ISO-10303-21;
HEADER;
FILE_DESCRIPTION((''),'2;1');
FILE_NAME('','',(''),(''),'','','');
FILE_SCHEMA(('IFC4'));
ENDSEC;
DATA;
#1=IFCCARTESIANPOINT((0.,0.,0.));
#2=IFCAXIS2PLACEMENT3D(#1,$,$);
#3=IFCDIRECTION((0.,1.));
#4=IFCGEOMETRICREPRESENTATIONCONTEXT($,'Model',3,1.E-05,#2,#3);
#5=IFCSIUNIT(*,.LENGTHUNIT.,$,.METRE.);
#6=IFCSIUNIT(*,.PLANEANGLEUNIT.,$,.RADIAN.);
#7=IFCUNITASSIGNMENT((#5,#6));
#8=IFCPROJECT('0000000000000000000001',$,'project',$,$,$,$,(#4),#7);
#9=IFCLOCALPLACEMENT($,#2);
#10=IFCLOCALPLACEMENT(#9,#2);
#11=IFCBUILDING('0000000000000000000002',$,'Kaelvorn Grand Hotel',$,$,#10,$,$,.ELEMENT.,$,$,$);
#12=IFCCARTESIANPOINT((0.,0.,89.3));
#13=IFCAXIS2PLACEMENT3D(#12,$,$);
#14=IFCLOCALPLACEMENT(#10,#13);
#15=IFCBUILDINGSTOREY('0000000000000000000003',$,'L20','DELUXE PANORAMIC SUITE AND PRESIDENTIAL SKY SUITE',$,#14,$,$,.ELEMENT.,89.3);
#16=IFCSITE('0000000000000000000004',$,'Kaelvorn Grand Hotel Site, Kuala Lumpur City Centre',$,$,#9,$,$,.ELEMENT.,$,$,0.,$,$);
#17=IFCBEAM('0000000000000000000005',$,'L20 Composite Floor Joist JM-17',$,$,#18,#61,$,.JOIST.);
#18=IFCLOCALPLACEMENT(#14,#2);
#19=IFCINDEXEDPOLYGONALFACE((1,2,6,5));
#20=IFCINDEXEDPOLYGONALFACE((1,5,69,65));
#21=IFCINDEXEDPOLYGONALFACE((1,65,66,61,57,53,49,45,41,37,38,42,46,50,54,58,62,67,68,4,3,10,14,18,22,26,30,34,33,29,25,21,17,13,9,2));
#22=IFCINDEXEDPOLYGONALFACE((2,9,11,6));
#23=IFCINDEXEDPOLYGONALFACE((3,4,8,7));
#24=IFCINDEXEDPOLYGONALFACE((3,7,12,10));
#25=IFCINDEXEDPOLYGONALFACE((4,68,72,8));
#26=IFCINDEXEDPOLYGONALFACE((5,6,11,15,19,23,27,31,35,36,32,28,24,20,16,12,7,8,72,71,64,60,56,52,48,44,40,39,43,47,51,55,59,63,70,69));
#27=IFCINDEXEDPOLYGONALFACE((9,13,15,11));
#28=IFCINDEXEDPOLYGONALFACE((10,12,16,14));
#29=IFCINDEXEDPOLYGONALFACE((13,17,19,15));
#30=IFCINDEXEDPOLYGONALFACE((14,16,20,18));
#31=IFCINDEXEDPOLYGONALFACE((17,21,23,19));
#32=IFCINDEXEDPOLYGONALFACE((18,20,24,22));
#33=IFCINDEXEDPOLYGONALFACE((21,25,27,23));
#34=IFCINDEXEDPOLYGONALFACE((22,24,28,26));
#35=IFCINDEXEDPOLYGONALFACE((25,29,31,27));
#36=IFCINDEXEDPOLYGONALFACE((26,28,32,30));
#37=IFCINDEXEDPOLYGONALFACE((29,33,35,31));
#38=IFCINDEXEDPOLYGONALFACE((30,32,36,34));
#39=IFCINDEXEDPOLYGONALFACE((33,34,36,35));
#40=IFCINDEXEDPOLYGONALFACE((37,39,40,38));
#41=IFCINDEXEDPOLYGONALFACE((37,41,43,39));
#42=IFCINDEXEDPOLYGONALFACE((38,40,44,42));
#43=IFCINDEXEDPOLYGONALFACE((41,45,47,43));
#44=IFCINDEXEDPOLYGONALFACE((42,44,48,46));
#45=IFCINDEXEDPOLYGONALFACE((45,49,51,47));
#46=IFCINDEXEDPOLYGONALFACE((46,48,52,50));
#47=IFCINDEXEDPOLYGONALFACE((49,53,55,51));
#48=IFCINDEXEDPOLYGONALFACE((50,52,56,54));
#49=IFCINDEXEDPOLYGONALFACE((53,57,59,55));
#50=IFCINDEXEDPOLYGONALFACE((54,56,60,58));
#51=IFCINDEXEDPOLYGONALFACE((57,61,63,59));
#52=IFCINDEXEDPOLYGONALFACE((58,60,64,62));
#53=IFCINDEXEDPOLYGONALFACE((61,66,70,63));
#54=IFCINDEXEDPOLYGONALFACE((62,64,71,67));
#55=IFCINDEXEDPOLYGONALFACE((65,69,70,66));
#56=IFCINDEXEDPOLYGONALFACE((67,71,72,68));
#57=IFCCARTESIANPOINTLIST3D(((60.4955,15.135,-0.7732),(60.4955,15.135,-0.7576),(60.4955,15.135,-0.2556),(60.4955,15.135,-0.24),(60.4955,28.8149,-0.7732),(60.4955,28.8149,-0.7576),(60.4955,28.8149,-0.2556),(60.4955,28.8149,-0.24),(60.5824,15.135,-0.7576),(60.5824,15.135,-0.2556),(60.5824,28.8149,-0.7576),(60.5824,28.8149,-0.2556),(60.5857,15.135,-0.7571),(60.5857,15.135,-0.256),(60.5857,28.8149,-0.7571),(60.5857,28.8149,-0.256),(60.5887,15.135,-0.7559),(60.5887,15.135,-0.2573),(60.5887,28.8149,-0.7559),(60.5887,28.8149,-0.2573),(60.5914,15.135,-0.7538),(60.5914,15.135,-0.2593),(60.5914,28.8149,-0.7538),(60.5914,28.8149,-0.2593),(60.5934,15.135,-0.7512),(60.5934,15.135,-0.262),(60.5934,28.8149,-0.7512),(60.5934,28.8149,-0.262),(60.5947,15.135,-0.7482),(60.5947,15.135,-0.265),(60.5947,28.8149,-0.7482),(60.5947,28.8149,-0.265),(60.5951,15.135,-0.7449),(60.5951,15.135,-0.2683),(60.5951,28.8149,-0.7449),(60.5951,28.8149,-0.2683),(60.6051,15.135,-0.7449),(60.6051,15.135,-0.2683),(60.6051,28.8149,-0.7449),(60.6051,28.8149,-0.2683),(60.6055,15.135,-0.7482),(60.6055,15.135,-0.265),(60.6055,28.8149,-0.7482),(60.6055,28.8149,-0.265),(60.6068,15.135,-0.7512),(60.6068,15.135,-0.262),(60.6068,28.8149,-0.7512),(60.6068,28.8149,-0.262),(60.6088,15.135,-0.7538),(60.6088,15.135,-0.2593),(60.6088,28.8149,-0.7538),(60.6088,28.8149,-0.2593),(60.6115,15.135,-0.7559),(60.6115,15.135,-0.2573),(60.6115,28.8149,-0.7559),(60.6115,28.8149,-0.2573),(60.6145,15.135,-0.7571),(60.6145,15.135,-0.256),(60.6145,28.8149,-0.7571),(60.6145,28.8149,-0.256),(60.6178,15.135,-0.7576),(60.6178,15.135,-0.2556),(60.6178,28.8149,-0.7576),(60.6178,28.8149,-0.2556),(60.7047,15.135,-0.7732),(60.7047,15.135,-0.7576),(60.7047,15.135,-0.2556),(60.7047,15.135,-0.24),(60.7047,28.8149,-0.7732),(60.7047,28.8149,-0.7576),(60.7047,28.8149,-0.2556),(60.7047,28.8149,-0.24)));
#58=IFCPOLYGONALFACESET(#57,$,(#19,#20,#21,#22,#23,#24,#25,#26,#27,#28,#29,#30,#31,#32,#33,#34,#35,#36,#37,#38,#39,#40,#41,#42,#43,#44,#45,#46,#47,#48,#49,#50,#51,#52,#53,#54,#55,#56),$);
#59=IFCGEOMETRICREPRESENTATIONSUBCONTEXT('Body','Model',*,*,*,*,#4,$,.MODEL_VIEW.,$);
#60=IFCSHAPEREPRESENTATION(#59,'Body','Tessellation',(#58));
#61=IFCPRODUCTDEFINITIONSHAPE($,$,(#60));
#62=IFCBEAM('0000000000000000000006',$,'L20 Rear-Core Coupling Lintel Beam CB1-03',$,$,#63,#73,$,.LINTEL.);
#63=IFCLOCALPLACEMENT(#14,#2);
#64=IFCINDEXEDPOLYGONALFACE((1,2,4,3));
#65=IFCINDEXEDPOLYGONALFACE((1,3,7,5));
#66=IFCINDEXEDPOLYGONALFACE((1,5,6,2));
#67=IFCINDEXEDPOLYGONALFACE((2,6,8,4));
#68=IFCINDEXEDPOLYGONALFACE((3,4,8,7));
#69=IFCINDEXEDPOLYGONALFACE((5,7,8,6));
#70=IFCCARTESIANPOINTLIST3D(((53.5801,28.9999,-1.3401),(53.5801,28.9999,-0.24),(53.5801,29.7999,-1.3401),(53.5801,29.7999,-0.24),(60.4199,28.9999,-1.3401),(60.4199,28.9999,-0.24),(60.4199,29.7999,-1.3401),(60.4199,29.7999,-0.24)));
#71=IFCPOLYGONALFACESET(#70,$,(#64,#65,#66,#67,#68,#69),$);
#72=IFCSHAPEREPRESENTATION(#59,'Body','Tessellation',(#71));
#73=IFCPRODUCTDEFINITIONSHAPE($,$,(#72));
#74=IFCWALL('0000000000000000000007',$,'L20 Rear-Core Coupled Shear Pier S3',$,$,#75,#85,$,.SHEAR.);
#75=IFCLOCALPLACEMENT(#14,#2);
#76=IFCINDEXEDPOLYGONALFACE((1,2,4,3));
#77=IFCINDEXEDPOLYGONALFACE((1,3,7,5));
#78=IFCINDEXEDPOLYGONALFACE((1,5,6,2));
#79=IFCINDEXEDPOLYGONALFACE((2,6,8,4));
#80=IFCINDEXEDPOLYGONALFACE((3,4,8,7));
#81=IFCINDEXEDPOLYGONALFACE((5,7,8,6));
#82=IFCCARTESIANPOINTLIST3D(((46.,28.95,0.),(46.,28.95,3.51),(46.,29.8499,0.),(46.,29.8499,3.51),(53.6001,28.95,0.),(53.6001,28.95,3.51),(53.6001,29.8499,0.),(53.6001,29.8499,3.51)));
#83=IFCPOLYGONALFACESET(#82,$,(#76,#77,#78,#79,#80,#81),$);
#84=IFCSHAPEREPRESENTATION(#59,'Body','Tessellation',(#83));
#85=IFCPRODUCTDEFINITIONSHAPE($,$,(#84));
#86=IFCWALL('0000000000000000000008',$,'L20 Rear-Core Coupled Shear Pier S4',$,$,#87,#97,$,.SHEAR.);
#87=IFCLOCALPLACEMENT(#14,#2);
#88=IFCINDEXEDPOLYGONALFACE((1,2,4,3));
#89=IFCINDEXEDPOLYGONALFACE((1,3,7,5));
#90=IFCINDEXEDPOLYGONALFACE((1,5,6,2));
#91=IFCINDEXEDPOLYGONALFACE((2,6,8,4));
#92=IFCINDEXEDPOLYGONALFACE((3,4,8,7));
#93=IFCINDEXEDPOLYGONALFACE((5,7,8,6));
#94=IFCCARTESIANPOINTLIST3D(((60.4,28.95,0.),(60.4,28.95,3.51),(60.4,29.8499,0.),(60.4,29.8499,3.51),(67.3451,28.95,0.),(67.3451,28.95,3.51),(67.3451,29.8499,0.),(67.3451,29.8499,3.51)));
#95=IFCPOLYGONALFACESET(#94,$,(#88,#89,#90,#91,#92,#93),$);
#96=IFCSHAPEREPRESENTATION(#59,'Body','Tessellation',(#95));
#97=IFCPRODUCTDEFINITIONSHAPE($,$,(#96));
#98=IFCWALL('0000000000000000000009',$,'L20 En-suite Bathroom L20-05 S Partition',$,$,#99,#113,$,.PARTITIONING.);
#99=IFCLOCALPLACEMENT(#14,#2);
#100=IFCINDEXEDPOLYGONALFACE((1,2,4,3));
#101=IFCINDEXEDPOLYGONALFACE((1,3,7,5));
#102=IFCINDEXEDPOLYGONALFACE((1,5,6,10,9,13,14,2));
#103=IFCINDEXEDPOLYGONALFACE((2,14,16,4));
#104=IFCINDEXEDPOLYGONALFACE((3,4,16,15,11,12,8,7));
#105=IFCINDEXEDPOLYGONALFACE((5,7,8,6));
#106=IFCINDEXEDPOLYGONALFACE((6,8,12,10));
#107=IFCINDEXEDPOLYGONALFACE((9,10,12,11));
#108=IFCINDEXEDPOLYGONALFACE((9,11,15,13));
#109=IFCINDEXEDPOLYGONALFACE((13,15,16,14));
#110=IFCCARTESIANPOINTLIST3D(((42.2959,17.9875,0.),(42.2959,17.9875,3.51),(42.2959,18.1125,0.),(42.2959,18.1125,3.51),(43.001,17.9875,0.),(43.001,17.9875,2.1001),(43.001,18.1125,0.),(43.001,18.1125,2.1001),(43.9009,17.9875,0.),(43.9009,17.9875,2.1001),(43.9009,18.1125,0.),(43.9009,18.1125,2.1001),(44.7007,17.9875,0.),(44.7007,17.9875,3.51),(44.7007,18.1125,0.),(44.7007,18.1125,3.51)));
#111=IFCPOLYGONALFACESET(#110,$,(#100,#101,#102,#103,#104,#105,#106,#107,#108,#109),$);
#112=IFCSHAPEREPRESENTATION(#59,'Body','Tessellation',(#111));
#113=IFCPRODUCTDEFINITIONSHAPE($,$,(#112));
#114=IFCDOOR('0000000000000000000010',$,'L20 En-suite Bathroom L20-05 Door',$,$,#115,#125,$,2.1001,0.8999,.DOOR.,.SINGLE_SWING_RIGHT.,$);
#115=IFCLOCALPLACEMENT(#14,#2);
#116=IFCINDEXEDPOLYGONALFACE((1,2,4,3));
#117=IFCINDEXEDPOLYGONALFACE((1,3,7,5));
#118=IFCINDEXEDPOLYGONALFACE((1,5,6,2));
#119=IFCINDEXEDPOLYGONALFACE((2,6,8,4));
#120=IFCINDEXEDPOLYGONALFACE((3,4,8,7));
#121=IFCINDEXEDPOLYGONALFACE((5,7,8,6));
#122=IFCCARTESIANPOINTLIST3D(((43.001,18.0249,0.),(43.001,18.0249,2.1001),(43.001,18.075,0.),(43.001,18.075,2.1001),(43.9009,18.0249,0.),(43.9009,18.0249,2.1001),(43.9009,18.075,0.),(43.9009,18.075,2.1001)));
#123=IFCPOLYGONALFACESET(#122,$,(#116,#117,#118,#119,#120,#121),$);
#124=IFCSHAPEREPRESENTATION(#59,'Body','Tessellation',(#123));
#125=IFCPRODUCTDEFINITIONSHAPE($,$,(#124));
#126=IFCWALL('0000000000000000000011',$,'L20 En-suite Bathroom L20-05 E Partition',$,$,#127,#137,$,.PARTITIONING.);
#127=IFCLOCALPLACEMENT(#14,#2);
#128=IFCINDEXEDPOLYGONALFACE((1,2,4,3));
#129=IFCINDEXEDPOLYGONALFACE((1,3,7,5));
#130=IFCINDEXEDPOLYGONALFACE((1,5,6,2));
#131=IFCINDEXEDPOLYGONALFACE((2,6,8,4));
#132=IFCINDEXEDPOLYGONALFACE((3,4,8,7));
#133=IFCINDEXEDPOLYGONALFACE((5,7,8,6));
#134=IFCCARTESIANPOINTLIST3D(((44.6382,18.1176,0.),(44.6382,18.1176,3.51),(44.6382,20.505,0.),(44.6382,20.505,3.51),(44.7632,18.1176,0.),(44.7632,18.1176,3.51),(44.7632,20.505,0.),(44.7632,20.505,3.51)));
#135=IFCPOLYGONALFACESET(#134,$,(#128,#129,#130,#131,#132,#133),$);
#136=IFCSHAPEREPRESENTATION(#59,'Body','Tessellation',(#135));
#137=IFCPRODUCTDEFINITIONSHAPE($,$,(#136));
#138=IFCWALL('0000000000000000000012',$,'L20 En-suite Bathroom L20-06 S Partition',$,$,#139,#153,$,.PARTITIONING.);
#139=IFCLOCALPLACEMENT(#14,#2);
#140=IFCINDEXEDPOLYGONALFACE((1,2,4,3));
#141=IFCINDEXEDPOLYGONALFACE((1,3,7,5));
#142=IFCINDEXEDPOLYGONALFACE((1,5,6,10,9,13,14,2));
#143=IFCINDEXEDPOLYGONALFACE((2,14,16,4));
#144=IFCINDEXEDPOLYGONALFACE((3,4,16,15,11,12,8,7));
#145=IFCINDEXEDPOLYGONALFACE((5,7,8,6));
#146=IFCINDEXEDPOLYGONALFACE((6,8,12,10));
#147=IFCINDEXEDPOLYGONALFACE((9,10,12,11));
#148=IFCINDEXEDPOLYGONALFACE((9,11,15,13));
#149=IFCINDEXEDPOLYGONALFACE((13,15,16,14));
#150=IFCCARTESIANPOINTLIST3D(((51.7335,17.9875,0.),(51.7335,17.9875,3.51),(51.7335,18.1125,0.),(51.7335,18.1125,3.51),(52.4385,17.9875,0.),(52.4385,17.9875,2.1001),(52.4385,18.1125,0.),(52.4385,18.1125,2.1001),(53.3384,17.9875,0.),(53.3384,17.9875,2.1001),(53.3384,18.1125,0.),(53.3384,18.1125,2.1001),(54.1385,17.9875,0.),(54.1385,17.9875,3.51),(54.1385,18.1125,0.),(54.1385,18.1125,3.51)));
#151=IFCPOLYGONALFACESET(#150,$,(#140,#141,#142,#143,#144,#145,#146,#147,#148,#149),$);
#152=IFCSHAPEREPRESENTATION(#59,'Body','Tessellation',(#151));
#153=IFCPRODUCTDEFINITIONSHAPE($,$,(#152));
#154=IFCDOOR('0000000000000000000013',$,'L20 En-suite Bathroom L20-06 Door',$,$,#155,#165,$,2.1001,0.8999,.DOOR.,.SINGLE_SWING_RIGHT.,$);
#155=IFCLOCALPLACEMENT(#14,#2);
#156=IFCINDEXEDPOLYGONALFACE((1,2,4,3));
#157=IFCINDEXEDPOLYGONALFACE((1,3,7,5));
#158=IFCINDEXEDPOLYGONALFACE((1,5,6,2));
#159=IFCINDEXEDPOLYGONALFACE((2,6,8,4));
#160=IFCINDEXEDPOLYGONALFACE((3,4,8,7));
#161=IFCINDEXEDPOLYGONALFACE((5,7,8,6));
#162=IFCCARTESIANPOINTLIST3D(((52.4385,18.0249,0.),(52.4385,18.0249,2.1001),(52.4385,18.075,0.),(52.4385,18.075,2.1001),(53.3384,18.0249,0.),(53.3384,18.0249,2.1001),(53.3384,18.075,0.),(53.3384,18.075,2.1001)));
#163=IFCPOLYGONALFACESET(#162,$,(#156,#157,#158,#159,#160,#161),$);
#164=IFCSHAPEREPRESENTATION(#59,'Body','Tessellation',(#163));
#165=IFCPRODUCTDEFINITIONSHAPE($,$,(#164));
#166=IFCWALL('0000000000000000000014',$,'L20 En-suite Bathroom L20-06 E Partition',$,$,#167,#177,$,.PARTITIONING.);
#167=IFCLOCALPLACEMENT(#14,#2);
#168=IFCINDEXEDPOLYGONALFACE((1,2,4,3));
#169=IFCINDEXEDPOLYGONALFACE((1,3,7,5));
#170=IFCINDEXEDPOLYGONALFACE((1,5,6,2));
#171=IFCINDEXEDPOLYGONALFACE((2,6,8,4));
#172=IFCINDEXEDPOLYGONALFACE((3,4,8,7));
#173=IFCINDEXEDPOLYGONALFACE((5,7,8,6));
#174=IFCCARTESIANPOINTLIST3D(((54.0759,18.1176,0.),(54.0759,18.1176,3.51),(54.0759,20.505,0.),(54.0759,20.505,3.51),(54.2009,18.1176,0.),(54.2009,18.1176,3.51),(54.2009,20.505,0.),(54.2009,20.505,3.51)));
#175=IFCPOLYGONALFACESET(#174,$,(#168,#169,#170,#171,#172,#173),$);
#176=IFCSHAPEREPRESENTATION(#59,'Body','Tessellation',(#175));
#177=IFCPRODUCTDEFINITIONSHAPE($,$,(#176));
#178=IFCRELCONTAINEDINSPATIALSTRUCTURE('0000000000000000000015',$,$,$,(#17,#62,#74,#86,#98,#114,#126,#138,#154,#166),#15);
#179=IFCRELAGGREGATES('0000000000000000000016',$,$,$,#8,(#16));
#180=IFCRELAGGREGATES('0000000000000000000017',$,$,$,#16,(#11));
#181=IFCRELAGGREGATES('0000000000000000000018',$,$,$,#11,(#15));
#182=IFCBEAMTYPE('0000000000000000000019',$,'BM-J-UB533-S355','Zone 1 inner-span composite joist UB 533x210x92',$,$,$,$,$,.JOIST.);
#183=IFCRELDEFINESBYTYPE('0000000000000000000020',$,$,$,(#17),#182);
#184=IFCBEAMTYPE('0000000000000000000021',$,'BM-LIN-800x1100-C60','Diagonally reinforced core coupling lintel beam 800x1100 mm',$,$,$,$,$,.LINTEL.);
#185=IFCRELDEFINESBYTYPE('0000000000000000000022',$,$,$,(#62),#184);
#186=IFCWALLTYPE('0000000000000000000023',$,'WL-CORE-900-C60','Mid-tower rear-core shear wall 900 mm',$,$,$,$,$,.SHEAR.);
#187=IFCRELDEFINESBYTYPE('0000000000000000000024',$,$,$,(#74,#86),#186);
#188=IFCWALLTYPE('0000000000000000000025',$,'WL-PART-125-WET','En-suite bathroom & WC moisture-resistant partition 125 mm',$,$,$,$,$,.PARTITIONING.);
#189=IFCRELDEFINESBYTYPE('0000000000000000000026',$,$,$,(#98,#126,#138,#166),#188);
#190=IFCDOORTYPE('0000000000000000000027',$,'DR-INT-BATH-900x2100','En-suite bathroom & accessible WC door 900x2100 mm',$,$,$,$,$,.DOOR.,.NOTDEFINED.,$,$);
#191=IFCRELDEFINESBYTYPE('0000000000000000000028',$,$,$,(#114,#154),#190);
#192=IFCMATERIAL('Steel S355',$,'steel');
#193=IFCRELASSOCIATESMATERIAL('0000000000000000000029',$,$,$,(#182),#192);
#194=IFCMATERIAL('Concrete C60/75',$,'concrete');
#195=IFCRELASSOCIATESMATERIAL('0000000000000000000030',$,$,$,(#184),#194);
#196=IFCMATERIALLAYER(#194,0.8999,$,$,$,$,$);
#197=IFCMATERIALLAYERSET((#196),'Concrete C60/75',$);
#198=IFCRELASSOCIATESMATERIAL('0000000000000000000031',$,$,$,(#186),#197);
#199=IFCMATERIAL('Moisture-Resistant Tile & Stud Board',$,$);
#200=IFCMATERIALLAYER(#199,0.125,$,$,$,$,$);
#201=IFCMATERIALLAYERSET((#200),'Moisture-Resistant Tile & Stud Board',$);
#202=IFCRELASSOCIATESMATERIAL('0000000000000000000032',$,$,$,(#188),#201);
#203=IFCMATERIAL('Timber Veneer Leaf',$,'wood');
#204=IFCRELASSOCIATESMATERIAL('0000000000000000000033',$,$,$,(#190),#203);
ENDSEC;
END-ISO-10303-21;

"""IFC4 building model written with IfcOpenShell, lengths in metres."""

from ifc_helpers import new_model, si_unit, direction, frame, frame_2d, origin, origin_2d, place, context, subcontext, project, spatial, rectangle, i_section, extrude, material, layer, layer_set, material_profile, profile_set, type_object, element, fill, save


model = new_model("IFC4")

# Units and contexts
model_context = context("Model", 3, precision=1e-05, world=origin(), true_north=direction((0.0, 1.0)))
body_context = subcontext(model_context, "Body", "Model", "MODEL_VIEW")
ifc_project = project(units=[si_unit("LENGTHUNIT", "METRE"), si_unit("PLANEANGLEUNIT", "RADIAN")], contexts=[model_context])

# Site, building, storey
site_placement = place(None, origin())
site = spatial("IfcSite", under=ifc_project, at=site_placement, Name="Kaelvorn Grand Hotel Site, Kuala Lumpur City Centre", CompositionType="ELEMENT", RefElevation=0.0)
building_placement = place(site_placement, origin())
building = spatial("IfcBuilding", under=site, at=building_placement, Name="Kaelvorn Grand Hotel", CompositionType="ELEMENT")
storey_placement = place(building_placement, frame((0.0, 0.0, 89.3)))
storey = spatial("IfcBuildingStorey", under=building, at=storey_placement, Name="L20", Description="DELUXE PANORAMIC SUITE AND PRESIDENTIAL SKY SUITE", CompositionType="ELEMENT", Elevation=89.3)

# Shared definitions
ifc_material_1 = material(Name="Concrete C60/75", Category="concrete")

# Beams
ifc_material_2 = material(Name="Steel S355", Category="steel")
ifc_material_profile_1 = material_profile(ifc_material_2, i_section(OverallWidth=0.2092, OverallDepth=0.5332, WebThickness=0.01, FlangeThickness=0.0156, FilletRadius=0.0127, at=origin_2d()), Name="UB 533x210x92")
ifc_profile_set_1 = profile_set([ifc_material_profile_1], Name="Steel S355")
beam_type_1 = type_object("IfcBeamType", Name="BM-J-UB533-S355", Description="Zone 1 inner-span composite joist UB 533x210x92", PredefinedType="JOIST", material=ifc_profile_set_1)
beam_1_placement = place(storey_placement, frame((60.6001, 15.135, -0.5066), z_axis=(0.0, 1.0, 0.0), x_axis=(-1.0, 0.0, 0.0)))
element("IfcBeam", 1, at=beam_1_placement, inside=storey, type_object=beam_type_1, Name="L20 Composite Floor Joist JM-17", PredefinedType="JOIST", context=body_context, shape_type="SweptSolid", body=[
    extrude(i_section(OverallWidth=0.2092, OverallDepth=0.5332, WebThickness=0.01, FlangeThickness=0.0156, FilletRadius=0.0127, at=origin_2d()), origin(), (0.0, 0.0, 1.0), 13.6799),
])
ifc_material_profile_2 = material_profile(ifc_material_1, rectangle(XDim=0.8, YDim=1.1001, at=origin_2d()), Name="RC LINTEL 800x1100")
ifc_profile_set_2 = profile_set([ifc_material_profile_2], Name="Concrete C60/75")
beam_type_2 = type_object("IfcBeamType", Name="BM-LIN-800x1100-C60", Description="Diagonally reinforced core coupling lintel beam 800x1100 mm", PredefinedType="LINTEL", material=ifc_profile_set_2)
beam_2_placement = place(storey_placement, frame((53.5801, 29.3999, -0.79), z_axis=(1.0, 0.0, 0.0), x_axis=(0.0, 1.0, 0.0)))
element("IfcBeam", 2, at=beam_2_placement, inside=storey, type_object=beam_type_2, Name="L20 Rear-Core Coupling Lintel Beam CB1-03", PredefinedType="LINTEL", context=body_context, shape_type="SweptSolid", body=[
    extrude(rectangle(XDim=0.8, YDim=1.1001, at=origin_2d()), origin(), (0.0, 0.0, 1.0), 6.8398),
])

# Walls
ifc_layer_1 = layer(ifc_material_1, 0.8999)
ifc_layer_set_1 = layer_set([ifc_layer_1], Name="Concrete C60/75")
wall_type_1 = type_object("IfcWallType", Name="WL-CORE-900-C60", Description="Mid-tower rear-core shear wall 900 mm", PredefinedType="SHEAR", material=ifc_layer_set_1)
wall_1_placement = place(storey_placement, frame((46.0, 29.3999, 0.0), z_axis=(0.0, 0.0, 1.0), x_axis=(1.0, 0.0, 0.0)))
element("IfcWall", 3, at=wall_1_placement, inside=storey, type_object=wall_type_1, Name="L20 Rear-Core Coupled Shear Pier S3", PredefinedType="SHEAR", context=body_context, shape_type="SweptSolid", body=[
    extrude(rectangle(XDim=7.6001, YDim=0.8999, at=frame_2d((3.8, 0.0))), origin(), (0.0, 0.0, 1.0), 3.51),
])
wall_2_placement = place(storey_placement, frame((60.3999, 29.3999, 0.0), z_axis=(0.0, 0.0, 1.0), x_axis=(1.0, 0.0, 0.0)))
element("IfcWall", 4, at=wall_2_placement, inside=storey, type_object=wall_type_1, Name="L20 Rear-Core Coupled Shear Pier S4", PredefinedType="SHEAR", context=body_context, shape_type="SweptSolid", body=[
    extrude(rectangle(XDim=6.9451, YDim=0.8999, at=frame_2d((3.4727, 0.0))), origin(), (0.0, 0.0, 1.0), 3.51),
])

# Wall, opening, door
ifc_material_3 = material(Name="Moisture-Resistant Tile & Stud Board")
ifc_layer_2 = layer(ifc_material_3, 0.125)
ifc_layer_set_2 = layer_set([ifc_layer_2], Name="Moisture-Resistant Tile & Stud Board")
wall_type_2 = type_object("IfcWallType", Name="WL-PART-125-WET", Description="En-suite bathroom & WC moisture-resistant partition 125 mm", PredefinedType="PARTITIONING", material=ifc_layer_set_2)
wall_3_placement = place(storey_placement, frame((42.2959, 18.05, 0.0), z_axis=(0.0, 0.0, 1.0), x_axis=(1.0, 0.0, 0.0)))
wall_3 = element("IfcWall", 5, at=wall_3_placement, inside=storey, type_object=wall_type_2, Name="L20 En-suite Bathroom L20-05 S Partition", PredefinedType="PARTITIONING", context=body_context, shape_type="SweptSolid", body=[
    extrude(rectangle(XDim=2.4048, YDim=0.125, at=frame_2d((1.2024, 0.0))), origin(), (0.0, 0.0, 1.0), 3.51),
])
opening_1_placement = place(wall_3_placement, frame((0.7051, 0.0, 0.0)))
opening_1 = element("IfcOpeningElement", 6, at=opening_1_placement, cuts=wall_3, PredefinedType="OPENING", context=body_context, shape_type="SweptSolid", body=[
    extrude(rectangle(XDim=0.8999, YDim=2.1001, at=frame_2d((0.45, 1.05))), frame((0.0, 0.0725, 0.0), z_axis=(0.0, -1.0, 0.0), x_axis=(1.0, 0.0, 0.0)), (0.0, 0.0, 1.0), 0.145),
])
ifc_material_4 = material(Name="Timber Veneer Leaf", Category="wood")
door_type_1 = type_object("IfcDoorType", Name="DR-INT-BATH-900x2100", Description="En-suite bathroom & accessible WC door 900x2100 mm", OperationType="NOTDEFINED", PredefinedType="DOOR", material=ifc_material_4)
door_1_placement = place(opening_1_placement, origin())
door_1 = element("IfcDoor", 7, at=door_1_placement, inside=storey, type_object=door_type_1, Name="L20 En-suite Bathroom L20-05 Door", OperationType="SINGLE_SWING_RIGHT", OverallHeight=2.1001, OverallWidth=0.8999, PredefinedType="DOOR", context=body_context, shape_type="SweptSolid", body=[
    extrude(rectangle(XDim=0.8999, YDim=2.1001, at=frame_2d((0.45, 1.05))), frame((0.0, 0.0249, 0.0), z_axis=(0.0, -1.0, 0.0), x_axis=(1.0, 0.0, 0.0)), (0.0, 0.0, 1.0), 0.05),
])
fill(opening_1, door_1)

# Wall
wall_4_placement = place(storey_placement, frame((44.7007, 18.1174, 0.0), z_axis=(0.0, 0.0, 1.0), x_axis=(0.0, 1.0, 0.0)))
element("IfcWall", 8, at=wall_4_placement, inside=storey, type_object=wall_type_2, Name="L20 En-suite Bathroom L20-05 E Partition", PredefinedType="PARTITIONING", context=body_context, shape_type="SweptSolid", body=[
    extrude(rectangle(XDim=2.3875, YDim=0.125, at=frame_2d((1.1938, 0.0))), origin(), (0.0, 0.0, 1.0), 3.51),
])

# Wall, opening, door
wall_5_placement = place(storey_placement, frame((51.7334, 18.05, 0.0), z_axis=(0.0, 0.0, 1.0), x_axis=(1.0, 0.0, 0.0)))
wall_5 = element("IfcWall", 9, at=wall_5_placement, inside=storey, type_object=wall_type_2, Name="L20 En-suite Bathroom L20-06 S Partition", PredefinedType="PARTITIONING", context=body_context, shape_type="SweptSolid", body=[
    extrude(rectangle(XDim=2.405, YDim=0.125, at=frame_2d((1.2026, 0.0))), origin(), (0.0, 0.0, 1.0), 3.51),
])
opening_2_placement = place(wall_5_placement, frame((0.7051, 0.0, 0.0)))
opening_2 = element("IfcOpeningElement", 10, at=opening_2_placement, cuts=wall_5, PredefinedType="OPENING", context=body_context, shape_type="SweptSolid", body=[
    extrude(rectangle(XDim=0.8999, YDim=2.1001, at=frame_2d((0.45, 1.05))), frame((0.0, 0.0725, 0.0), z_axis=(0.0, -1.0, 0.0), x_axis=(1.0, 0.0, 0.0)), (0.0, 0.0, 1.0), 0.145),
])
door_2_placement = place(opening_2_placement, origin())
door_2 = element("IfcDoor", 11, at=door_2_placement, inside=storey, type_object=door_type_1, Name="L20 En-suite Bathroom L20-06 Door", OperationType="SINGLE_SWING_RIGHT", OverallHeight=2.1001, OverallWidth=0.8999, PredefinedType="DOOR", context=body_context, shape_type="SweptSolid", body=[
    extrude(rectangle(XDim=0.8999, YDim=2.1001, at=frame_2d((0.45, 1.05))), frame((0.0, 0.0249, 0.0), z_axis=(0.0, -1.0, 0.0), x_axis=(1.0, 0.0, 0.0)), (0.0, 0.0, 1.0), 0.05),
])
fill(opening_2, door_2)

# Wall
wall_6_placement = place(storey_placement, frame((54.1384, 18.1174, 0.0), z_axis=(0.0, 0.0, 1.0), x_axis=(0.0, 1.0, 0.0)))
element("IfcWall", 12, at=wall_6_placement, inside=storey, type_object=wall_type_2, Name="L20 En-suite Bathroom L20-06 E Partition", PredefinedType="PARTITIONING", context=body_context, shape_type="SweptSolid", body=[
    extrude(rectangle(XDim=2.3875, YDim=0.125, at=frame_2d((1.1938, 0.0))), origin(), (0.0, 0.0, 1.0), 3.51),
])

save(model, "model.ifc")
